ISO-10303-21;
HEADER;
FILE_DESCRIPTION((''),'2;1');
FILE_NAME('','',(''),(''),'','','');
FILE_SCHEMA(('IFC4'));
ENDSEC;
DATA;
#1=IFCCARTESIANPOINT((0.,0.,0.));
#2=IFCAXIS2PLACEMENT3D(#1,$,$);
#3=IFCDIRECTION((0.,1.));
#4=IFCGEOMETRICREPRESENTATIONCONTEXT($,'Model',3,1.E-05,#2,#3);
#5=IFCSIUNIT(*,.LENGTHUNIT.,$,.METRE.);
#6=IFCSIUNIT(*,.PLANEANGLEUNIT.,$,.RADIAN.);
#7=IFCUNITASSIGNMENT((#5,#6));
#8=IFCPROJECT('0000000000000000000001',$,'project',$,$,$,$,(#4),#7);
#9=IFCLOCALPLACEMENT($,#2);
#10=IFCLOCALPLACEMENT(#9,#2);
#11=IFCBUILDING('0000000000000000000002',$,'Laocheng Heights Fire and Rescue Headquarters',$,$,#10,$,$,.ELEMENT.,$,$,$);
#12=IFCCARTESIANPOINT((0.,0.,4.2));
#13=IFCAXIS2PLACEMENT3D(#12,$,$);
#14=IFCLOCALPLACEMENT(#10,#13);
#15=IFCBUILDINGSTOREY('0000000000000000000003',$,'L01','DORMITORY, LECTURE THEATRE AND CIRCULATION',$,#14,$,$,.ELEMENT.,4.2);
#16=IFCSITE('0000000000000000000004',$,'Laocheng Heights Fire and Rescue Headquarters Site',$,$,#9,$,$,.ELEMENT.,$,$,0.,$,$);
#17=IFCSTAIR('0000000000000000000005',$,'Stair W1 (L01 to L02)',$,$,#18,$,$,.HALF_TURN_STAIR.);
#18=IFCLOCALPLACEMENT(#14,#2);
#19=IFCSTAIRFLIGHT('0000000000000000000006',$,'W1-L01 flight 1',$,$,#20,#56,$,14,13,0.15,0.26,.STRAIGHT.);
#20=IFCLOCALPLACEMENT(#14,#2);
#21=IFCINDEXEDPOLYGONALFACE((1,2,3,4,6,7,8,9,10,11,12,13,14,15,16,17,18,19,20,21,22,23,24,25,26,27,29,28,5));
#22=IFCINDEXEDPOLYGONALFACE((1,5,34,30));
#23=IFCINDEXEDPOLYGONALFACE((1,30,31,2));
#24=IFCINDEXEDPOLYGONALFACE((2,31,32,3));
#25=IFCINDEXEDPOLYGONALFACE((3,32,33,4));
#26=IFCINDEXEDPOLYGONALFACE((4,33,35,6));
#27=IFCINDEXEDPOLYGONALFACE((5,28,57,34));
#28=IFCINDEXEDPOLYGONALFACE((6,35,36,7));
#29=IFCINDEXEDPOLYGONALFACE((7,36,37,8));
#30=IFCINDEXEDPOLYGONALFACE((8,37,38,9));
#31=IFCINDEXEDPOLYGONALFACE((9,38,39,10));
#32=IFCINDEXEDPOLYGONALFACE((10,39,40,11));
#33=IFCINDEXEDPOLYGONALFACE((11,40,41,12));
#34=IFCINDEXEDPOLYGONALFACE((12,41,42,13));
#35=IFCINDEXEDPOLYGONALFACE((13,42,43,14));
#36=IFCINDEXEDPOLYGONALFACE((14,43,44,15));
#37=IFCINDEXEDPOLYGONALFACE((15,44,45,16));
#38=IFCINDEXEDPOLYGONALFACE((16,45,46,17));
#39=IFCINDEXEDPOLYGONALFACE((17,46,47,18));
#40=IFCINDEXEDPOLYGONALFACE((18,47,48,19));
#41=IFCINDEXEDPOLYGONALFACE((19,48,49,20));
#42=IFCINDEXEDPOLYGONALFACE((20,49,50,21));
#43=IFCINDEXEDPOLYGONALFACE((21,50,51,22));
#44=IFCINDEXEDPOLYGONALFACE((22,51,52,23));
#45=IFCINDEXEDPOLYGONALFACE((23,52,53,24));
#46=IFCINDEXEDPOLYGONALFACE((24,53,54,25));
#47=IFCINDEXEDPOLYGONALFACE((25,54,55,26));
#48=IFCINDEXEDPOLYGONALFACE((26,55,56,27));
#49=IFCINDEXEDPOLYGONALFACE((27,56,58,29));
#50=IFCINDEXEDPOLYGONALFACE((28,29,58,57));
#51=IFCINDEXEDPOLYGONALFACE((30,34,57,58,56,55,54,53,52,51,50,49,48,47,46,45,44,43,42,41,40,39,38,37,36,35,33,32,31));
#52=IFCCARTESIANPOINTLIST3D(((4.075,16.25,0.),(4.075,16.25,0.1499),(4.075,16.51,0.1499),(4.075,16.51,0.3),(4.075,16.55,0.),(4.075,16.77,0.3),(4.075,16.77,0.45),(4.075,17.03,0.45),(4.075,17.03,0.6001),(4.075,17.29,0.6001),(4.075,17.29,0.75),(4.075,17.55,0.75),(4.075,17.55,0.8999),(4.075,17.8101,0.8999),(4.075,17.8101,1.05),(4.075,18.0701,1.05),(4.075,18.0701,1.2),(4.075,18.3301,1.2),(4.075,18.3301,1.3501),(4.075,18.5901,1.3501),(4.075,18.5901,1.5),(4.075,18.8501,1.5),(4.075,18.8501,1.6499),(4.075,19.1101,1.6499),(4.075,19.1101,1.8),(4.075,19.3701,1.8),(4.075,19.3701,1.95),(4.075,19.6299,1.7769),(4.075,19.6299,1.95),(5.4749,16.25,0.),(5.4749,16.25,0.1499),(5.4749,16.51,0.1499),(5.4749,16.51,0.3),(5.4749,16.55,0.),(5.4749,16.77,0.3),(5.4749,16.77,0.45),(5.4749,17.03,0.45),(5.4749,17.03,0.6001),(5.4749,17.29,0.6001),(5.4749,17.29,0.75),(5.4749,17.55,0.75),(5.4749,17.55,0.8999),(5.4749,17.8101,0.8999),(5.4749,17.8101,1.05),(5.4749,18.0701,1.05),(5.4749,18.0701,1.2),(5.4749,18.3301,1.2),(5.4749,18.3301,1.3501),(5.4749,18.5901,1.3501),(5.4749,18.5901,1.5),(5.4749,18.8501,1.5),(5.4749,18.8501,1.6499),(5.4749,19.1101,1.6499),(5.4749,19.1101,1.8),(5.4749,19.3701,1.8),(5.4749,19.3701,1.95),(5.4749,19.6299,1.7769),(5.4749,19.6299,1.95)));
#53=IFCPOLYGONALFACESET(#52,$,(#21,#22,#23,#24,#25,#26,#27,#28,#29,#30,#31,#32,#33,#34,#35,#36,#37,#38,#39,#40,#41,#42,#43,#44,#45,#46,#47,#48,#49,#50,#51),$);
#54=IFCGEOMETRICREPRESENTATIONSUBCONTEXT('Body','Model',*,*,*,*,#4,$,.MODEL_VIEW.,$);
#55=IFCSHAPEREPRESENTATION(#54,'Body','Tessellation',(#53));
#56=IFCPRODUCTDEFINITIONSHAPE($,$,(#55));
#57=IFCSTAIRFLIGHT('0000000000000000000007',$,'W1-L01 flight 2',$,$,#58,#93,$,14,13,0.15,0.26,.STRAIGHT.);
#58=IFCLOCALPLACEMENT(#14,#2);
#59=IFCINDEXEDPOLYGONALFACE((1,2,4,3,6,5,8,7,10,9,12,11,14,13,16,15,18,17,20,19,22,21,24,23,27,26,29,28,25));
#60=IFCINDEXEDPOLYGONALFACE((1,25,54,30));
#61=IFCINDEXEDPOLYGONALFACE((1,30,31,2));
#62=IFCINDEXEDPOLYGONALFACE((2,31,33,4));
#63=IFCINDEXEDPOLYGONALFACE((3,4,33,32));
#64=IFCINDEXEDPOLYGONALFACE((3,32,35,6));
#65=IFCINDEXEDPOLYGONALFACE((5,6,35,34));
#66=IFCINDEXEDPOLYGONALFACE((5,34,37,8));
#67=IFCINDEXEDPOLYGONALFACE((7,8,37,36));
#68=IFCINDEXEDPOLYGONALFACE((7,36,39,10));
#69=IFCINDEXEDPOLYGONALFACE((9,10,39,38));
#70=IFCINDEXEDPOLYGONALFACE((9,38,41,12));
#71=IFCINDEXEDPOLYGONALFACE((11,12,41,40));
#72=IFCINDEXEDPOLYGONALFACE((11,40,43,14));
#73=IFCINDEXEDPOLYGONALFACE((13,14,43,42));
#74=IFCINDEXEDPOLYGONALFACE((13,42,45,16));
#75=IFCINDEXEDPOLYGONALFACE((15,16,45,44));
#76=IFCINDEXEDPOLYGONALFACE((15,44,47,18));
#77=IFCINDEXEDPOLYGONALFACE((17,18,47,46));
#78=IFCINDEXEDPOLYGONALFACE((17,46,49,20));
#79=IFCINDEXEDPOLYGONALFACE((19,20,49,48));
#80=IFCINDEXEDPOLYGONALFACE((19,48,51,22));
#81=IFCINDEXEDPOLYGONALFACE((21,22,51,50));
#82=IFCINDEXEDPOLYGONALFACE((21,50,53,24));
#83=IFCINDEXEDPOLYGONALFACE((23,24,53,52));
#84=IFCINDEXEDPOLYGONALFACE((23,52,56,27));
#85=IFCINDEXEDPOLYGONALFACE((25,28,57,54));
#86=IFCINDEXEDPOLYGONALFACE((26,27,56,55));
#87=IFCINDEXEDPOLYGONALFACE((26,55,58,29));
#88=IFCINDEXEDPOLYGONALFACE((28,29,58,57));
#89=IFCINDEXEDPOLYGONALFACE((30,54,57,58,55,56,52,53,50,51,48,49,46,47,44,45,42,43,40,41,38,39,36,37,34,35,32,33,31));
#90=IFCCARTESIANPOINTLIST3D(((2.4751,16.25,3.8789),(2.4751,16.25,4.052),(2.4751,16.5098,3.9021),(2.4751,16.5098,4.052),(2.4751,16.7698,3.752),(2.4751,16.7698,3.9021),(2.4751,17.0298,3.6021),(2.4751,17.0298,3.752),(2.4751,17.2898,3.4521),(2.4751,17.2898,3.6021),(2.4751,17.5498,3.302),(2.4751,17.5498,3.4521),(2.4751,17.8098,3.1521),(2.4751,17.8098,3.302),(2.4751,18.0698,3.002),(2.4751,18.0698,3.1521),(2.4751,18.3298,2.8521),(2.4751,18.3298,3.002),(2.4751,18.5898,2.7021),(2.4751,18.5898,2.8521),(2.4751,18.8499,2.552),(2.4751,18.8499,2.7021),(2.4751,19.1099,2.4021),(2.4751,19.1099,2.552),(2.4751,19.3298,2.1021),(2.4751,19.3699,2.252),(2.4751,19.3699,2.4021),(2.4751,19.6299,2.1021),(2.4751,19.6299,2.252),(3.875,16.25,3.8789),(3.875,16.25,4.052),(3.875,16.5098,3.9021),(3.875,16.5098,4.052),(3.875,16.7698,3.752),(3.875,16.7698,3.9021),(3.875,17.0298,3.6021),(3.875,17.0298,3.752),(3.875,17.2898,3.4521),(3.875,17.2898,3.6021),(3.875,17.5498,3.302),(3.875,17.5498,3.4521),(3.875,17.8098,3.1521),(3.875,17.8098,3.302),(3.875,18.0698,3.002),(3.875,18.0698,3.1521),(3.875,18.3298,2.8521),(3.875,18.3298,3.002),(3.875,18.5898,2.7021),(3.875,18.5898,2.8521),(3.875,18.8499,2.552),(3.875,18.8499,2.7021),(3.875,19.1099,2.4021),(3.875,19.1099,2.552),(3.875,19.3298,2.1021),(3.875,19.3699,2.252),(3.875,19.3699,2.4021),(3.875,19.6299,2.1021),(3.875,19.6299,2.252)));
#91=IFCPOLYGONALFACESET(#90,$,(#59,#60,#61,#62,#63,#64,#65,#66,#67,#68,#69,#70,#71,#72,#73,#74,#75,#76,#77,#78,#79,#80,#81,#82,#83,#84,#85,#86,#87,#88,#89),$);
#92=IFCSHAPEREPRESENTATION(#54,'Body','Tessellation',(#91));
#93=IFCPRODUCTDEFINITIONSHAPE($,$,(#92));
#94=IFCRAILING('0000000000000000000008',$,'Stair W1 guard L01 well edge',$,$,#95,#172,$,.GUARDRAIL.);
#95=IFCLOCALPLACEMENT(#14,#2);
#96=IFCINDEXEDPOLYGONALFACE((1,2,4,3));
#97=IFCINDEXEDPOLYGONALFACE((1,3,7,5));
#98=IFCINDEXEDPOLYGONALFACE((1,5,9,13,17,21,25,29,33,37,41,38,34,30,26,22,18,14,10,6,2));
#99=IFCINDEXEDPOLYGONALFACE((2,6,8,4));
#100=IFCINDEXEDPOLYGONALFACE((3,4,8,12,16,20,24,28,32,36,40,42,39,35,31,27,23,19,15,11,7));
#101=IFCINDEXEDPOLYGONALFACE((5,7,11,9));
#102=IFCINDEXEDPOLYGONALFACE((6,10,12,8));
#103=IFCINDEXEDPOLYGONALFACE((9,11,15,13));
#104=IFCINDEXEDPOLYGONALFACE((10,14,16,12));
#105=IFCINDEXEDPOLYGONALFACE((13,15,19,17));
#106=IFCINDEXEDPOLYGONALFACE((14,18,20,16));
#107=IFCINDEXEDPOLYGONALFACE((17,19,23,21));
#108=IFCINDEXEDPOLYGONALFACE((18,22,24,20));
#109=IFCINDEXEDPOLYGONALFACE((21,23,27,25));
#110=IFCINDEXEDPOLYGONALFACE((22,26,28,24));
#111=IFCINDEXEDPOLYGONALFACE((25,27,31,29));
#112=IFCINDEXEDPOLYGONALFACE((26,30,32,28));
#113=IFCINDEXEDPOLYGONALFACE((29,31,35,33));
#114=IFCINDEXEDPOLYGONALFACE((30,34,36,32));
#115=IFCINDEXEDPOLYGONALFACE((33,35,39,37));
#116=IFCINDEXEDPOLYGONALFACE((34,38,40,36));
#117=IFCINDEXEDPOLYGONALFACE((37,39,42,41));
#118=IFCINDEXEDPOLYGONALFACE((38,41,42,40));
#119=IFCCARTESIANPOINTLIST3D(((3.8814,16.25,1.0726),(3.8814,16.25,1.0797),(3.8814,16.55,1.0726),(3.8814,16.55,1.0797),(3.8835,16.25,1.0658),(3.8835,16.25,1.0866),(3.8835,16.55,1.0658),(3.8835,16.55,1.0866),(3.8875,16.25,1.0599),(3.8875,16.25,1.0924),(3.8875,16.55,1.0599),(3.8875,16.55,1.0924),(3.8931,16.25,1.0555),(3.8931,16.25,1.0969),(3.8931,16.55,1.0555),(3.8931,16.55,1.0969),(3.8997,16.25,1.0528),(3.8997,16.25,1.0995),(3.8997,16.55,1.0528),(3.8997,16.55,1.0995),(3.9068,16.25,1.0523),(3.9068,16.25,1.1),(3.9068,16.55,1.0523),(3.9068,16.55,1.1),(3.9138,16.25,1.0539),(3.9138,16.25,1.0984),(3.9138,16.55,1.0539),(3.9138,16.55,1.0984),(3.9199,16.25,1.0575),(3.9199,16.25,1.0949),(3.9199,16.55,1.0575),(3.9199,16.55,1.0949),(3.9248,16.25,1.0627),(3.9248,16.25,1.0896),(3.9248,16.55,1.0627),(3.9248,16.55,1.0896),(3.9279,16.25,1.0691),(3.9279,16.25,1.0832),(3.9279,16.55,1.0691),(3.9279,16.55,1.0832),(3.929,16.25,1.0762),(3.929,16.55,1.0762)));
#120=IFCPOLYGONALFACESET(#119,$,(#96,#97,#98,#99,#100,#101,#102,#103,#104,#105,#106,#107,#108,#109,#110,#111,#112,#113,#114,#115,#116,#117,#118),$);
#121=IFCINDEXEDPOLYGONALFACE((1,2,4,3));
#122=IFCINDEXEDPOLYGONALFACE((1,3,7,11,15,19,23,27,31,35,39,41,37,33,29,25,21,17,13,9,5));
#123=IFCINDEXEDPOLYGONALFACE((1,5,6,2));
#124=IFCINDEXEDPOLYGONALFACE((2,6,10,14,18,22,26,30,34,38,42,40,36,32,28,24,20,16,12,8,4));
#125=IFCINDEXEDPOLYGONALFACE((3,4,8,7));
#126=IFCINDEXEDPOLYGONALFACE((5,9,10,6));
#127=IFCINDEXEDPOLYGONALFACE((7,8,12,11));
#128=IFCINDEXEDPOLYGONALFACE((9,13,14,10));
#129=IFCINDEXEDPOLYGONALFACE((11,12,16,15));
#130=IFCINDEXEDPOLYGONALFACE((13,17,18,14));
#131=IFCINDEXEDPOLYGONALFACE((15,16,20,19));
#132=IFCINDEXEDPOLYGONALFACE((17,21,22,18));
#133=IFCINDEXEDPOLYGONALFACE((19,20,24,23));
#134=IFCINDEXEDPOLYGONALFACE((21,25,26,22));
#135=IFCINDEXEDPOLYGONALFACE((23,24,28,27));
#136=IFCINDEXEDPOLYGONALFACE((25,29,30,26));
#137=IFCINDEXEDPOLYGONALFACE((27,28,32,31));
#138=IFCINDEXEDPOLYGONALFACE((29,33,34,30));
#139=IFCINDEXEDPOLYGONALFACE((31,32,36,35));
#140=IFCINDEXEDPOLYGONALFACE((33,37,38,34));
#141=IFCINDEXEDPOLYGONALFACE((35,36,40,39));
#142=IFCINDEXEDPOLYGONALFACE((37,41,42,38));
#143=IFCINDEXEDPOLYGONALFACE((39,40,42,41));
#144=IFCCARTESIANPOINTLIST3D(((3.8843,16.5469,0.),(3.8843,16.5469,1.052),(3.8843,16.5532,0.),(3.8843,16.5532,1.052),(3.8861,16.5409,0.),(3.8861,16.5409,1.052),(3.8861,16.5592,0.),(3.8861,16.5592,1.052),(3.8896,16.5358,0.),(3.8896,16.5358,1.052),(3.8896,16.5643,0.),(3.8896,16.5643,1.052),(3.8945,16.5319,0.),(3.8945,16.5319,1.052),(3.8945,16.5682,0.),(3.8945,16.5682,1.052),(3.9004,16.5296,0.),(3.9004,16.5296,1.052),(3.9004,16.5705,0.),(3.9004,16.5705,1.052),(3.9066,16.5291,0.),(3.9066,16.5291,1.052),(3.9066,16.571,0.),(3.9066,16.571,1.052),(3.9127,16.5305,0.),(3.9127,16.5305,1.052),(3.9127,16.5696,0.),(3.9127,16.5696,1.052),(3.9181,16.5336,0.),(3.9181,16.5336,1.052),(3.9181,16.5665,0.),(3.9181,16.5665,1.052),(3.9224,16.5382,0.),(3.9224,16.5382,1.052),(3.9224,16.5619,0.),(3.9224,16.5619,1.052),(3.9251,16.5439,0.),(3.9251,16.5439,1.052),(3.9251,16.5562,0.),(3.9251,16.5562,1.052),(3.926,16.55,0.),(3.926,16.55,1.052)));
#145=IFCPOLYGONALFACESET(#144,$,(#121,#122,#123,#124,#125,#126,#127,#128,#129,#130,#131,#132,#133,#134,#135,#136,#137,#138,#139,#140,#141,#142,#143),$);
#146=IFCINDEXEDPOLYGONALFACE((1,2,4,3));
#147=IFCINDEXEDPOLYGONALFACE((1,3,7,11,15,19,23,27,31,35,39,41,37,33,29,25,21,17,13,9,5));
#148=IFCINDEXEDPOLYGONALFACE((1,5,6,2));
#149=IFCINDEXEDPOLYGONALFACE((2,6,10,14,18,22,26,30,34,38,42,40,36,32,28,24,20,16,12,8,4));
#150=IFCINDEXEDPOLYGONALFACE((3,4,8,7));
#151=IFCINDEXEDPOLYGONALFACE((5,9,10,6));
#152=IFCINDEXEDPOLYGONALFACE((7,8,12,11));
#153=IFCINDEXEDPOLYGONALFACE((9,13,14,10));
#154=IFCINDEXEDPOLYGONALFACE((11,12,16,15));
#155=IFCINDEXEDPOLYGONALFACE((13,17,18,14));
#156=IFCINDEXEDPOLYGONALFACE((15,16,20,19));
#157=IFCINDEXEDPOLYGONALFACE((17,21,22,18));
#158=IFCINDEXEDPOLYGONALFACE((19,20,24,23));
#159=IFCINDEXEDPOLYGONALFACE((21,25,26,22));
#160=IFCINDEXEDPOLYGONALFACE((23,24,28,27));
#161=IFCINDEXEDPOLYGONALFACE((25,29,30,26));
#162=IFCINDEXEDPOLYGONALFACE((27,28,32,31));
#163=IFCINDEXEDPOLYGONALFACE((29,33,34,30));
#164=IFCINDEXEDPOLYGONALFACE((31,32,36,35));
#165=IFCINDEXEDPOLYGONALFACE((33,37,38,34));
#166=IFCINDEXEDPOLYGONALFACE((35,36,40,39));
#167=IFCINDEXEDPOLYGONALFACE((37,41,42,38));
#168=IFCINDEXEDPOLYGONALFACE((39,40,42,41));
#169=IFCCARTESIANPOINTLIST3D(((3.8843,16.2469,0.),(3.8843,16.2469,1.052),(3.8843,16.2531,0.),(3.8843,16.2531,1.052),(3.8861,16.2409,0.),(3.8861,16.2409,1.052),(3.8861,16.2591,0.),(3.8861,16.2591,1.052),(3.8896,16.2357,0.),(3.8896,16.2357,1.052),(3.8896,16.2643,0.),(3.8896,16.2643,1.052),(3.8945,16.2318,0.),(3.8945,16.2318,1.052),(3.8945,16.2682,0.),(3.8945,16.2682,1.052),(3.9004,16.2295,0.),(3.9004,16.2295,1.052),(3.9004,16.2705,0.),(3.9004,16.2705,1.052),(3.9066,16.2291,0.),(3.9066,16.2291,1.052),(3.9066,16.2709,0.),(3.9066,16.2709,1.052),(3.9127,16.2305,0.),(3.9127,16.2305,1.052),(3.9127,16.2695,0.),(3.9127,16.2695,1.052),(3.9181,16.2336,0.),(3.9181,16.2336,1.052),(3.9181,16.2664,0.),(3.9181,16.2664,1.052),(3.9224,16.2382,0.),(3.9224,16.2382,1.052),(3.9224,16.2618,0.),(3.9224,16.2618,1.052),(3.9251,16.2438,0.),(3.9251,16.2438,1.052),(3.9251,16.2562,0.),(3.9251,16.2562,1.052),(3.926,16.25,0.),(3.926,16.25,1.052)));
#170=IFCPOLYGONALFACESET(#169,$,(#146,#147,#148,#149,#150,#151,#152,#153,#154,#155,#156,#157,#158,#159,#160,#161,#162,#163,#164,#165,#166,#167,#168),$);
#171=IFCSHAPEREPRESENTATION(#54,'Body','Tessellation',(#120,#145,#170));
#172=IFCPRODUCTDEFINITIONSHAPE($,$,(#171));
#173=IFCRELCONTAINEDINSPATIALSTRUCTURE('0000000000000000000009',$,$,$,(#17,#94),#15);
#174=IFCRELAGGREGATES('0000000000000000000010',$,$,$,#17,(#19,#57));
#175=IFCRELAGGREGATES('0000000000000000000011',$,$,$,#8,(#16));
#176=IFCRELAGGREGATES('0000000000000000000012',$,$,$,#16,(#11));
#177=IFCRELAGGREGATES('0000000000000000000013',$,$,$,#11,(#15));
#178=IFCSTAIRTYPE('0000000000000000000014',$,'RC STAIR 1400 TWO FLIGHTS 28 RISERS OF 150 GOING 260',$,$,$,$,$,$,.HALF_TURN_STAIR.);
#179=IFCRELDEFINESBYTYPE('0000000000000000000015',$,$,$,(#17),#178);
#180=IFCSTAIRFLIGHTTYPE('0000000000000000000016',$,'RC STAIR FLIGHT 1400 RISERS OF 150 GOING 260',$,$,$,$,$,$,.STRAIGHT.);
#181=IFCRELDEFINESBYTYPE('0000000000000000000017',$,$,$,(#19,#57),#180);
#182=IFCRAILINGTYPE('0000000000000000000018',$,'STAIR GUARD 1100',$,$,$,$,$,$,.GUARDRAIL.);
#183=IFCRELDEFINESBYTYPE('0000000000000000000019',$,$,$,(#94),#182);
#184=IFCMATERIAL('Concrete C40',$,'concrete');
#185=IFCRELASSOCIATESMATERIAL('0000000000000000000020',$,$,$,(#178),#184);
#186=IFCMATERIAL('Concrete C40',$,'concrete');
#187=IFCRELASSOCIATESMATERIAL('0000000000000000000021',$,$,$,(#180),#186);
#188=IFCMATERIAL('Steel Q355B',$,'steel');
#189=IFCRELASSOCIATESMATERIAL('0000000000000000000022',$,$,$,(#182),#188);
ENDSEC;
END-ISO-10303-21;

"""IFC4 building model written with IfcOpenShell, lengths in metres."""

from ifc_helpers import new_model, si_unit, direction, frame, origin, origin_2d, place, context, subcontext, project, spatial, polyline, circle, outline, extrude, material, type_object, element, aggregate, save


model = new_model("IFC4")

# Units and contexts
model_context = context("Model", 3, precision=1e-05, world=origin(), true_north=direction((0.0, 1.0)))
body_context = subcontext(model_context, "Body", "Model", "MODEL_VIEW")
ifc_project = project(units=[si_unit("LENGTHUNIT", "METRE"), si_unit("PLANEANGLEUNIT", "RADIAN")], contexts=[model_context])

# Site, building, storey
site_placement = place(None, origin())
site = spatial("IfcSite", under=ifc_project, at=site_placement, Name="Laocheng Heights Fire and Rescue Headquarters Site", CompositionType="ELEMENT", RefElevation=0.0)
building_placement = place(site_placement, origin())
building = spatial("IfcBuilding", under=site, at=building_placement, Name="Laocheng Heights Fire and Rescue Headquarters", CompositionType="ELEMENT")
storey_placement = place(building_placement, frame((0.0, 0.0, 4.2)))
storey = spatial("IfcBuildingStorey", under=building, at=storey_placement, Name="L01", Description="DORMITORY, LECTURE THEATRE AND CIRCULATION", CompositionType="ELEMENT", Elevation=4.2)

# Stair, stair flights
ifc_material_1 = material(Name="Concrete C40", Category="concrete")
stair_type = type_object("IfcStairType", Name="RC STAIR 1400 TWO FLIGHTS 28 RISERS OF 150 GOING 260", PredefinedType="HALF_TURN_STAIR", material=ifc_material_1)
stair_placement = place(storey_placement, origin())
stair = element("IfcStair", 1, at=stair_placement, inside=storey, type_object=stair_type, Name="Stair W1 (L01 to L02)", PredefinedType="HALF_TURN_STAIR")
ifc_material_2 = material(Name="Concrete C40", Category="concrete")
stair_flight_type = type_object("IfcStairFlightType", Name="RC STAIR FLIGHT 1400 RISERS OF 150 GOING 260", PredefinedType="STRAIGHT", material=ifc_material_2)
stair_flight_1_placement = place(storey_placement, frame((4.7749, 16.25, 0.0), z_axis=(0.0, 0.0, 1.0), x_axis=(0.0, 1.0, 0.0)))
stair_flight_1 = element("IfcStairFlight", 2, at=stair_flight_1_placement, type_object=stair_flight_type, Name="W1-L01 flight 1", NumberOfRisers=14, NumberOfTreads=13, PredefinedType="STRAIGHT", RiserHeight=0.15, TreadLength=0.26, context=body_context, shape_type="SweptSolid", body=[
    extrude(outline(polyline([(0.0, 0.0), (0.0, 0.1499), (0.26, 0.1499), (0.26, 0.3), (0.52, 0.3), (0.52, 0.45), (0.78, 0.45), (0.78, 0.6001), (1.04, 0.6001), (1.04, 0.75), (1.3, 0.75), (1.3, 0.8999), (1.5601, 0.8999), (1.5601, 1.05), (1.8201, 1.05), (1.8201, 1.2), (2.0801, 1.2), (2.0801, 1.3501), (2.3401, 1.3501), (2.3401, 1.5), (2.6001, 1.5), (2.6001, 1.6499), (2.8601, 1.6499), (2.8601, 1.8), (3.1201, 1.8), (3.1201, 1.95), (3.3799, 1.95), (3.3799, 2.1001), (3.3799, 1.7769), (0.3, 0.0), (0.0, 0.0)])), frame((0.0, 0.7, 0.0), z_axis=(0.0, -1.0, 0.0), x_axis=(1.0, 0.0, 0.0)), (0.0, 0.0, 1.0), 1.3999),
])
stair_flight_2_placement = place(storey_placement, frame((3.175, 19.6299, 2.1021), z_axis=(0.0, 0.0, 1.0), x_axis=(0.0, -1.0, 0.0)))
stair_flight_2 = element("IfcStairFlight", 3, at=stair_flight_2_placement, type_object=stair_flight_type, Name="W1-L01 flight 2", NumberOfRisers=14, NumberOfTreads=13, PredefinedType="STRAIGHT", RiserHeight=0.15, TreadLength=0.26, context=body_context, shape_type="SweptSolid", body=[
    extrude(outline(polyline([(0.0, 0.0), (0.0, 0.1499), (0.26, 0.1499), (0.26, 0.3), (0.52, 0.3), (0.52, 0.45), (0.78, 0.45), (0.78, 0.6001), (1.04, 0.6001), (1.04, 0.75), (1.3, 0.75), (1.3, 0.8999), (1.5601, 0.8999), (1.5601, 1.05), (1.8201, 1.05), (1.8201, 1.2), (2.0801, 1.2), (2.0801, 1.3501), (2.3401, 1.3501), (2.3401, 1.5), (2.6001, 1.5), (2.6001, 1.6499), (2.8601, 1.6499), (2.8601, 1.8), (3.1201, 1.8), (3.1201, 1.95), (3.3799, 1.95), (3.3799, 2.1001), (3.3799, 1.7769), (0.3, 0.0), (0.0, 0.0)])), frame((0.0, 0.7, 0.0), z_axis=(0.0, -1.0, 0.0), x_axis=(1.0, 0.0, 0.0)), (0.0, 0.0, 1.0), 1.3999),
])
aggregate(stair, [stair_flight_1, stair_flight_2])

# Railing
ifc_material_3 = material(Name="Steel Q355B", Category="steel")
railing_type_1 = type_object("IfcRailingType", Name="STAIR GUARD 1100", PredefinedType="GUARDRAIL", material=ifc_material_3)
railing_1_placement = place(storey_placement, frame((3.905, 16.55, 0.0)))
element("IfcRailing", 4, at=railing_1_placement, inside=storey, type_object=railing_type_1, Name="Stair W1 guard L01 well edge", PredefinedType="GUARDRAIL", context=body_context, shape_type="SweptSolid", body=[
    extrude(circle(Radius=0.0239, at=origin_2d()), frame((0.0, 0.0, 1.0762), z_axis=(0.0, -1.0, 0.0), x_axis=(1.0, 0.0, 0.0)), (0.0, 0.0, 1.0), 0.3),
    extrude(circle(Radius=0.021, at=origin_2d()), origin(), (0.0, 0.0, 1.0), 1.052),
    extrude(circle(Radius=0.021, at=origin_2d()), frame((0.0, -0.3, 0.0)), (0.0, 0.0, 1.0), 1.052),
])

save(model, "model.ifc")
